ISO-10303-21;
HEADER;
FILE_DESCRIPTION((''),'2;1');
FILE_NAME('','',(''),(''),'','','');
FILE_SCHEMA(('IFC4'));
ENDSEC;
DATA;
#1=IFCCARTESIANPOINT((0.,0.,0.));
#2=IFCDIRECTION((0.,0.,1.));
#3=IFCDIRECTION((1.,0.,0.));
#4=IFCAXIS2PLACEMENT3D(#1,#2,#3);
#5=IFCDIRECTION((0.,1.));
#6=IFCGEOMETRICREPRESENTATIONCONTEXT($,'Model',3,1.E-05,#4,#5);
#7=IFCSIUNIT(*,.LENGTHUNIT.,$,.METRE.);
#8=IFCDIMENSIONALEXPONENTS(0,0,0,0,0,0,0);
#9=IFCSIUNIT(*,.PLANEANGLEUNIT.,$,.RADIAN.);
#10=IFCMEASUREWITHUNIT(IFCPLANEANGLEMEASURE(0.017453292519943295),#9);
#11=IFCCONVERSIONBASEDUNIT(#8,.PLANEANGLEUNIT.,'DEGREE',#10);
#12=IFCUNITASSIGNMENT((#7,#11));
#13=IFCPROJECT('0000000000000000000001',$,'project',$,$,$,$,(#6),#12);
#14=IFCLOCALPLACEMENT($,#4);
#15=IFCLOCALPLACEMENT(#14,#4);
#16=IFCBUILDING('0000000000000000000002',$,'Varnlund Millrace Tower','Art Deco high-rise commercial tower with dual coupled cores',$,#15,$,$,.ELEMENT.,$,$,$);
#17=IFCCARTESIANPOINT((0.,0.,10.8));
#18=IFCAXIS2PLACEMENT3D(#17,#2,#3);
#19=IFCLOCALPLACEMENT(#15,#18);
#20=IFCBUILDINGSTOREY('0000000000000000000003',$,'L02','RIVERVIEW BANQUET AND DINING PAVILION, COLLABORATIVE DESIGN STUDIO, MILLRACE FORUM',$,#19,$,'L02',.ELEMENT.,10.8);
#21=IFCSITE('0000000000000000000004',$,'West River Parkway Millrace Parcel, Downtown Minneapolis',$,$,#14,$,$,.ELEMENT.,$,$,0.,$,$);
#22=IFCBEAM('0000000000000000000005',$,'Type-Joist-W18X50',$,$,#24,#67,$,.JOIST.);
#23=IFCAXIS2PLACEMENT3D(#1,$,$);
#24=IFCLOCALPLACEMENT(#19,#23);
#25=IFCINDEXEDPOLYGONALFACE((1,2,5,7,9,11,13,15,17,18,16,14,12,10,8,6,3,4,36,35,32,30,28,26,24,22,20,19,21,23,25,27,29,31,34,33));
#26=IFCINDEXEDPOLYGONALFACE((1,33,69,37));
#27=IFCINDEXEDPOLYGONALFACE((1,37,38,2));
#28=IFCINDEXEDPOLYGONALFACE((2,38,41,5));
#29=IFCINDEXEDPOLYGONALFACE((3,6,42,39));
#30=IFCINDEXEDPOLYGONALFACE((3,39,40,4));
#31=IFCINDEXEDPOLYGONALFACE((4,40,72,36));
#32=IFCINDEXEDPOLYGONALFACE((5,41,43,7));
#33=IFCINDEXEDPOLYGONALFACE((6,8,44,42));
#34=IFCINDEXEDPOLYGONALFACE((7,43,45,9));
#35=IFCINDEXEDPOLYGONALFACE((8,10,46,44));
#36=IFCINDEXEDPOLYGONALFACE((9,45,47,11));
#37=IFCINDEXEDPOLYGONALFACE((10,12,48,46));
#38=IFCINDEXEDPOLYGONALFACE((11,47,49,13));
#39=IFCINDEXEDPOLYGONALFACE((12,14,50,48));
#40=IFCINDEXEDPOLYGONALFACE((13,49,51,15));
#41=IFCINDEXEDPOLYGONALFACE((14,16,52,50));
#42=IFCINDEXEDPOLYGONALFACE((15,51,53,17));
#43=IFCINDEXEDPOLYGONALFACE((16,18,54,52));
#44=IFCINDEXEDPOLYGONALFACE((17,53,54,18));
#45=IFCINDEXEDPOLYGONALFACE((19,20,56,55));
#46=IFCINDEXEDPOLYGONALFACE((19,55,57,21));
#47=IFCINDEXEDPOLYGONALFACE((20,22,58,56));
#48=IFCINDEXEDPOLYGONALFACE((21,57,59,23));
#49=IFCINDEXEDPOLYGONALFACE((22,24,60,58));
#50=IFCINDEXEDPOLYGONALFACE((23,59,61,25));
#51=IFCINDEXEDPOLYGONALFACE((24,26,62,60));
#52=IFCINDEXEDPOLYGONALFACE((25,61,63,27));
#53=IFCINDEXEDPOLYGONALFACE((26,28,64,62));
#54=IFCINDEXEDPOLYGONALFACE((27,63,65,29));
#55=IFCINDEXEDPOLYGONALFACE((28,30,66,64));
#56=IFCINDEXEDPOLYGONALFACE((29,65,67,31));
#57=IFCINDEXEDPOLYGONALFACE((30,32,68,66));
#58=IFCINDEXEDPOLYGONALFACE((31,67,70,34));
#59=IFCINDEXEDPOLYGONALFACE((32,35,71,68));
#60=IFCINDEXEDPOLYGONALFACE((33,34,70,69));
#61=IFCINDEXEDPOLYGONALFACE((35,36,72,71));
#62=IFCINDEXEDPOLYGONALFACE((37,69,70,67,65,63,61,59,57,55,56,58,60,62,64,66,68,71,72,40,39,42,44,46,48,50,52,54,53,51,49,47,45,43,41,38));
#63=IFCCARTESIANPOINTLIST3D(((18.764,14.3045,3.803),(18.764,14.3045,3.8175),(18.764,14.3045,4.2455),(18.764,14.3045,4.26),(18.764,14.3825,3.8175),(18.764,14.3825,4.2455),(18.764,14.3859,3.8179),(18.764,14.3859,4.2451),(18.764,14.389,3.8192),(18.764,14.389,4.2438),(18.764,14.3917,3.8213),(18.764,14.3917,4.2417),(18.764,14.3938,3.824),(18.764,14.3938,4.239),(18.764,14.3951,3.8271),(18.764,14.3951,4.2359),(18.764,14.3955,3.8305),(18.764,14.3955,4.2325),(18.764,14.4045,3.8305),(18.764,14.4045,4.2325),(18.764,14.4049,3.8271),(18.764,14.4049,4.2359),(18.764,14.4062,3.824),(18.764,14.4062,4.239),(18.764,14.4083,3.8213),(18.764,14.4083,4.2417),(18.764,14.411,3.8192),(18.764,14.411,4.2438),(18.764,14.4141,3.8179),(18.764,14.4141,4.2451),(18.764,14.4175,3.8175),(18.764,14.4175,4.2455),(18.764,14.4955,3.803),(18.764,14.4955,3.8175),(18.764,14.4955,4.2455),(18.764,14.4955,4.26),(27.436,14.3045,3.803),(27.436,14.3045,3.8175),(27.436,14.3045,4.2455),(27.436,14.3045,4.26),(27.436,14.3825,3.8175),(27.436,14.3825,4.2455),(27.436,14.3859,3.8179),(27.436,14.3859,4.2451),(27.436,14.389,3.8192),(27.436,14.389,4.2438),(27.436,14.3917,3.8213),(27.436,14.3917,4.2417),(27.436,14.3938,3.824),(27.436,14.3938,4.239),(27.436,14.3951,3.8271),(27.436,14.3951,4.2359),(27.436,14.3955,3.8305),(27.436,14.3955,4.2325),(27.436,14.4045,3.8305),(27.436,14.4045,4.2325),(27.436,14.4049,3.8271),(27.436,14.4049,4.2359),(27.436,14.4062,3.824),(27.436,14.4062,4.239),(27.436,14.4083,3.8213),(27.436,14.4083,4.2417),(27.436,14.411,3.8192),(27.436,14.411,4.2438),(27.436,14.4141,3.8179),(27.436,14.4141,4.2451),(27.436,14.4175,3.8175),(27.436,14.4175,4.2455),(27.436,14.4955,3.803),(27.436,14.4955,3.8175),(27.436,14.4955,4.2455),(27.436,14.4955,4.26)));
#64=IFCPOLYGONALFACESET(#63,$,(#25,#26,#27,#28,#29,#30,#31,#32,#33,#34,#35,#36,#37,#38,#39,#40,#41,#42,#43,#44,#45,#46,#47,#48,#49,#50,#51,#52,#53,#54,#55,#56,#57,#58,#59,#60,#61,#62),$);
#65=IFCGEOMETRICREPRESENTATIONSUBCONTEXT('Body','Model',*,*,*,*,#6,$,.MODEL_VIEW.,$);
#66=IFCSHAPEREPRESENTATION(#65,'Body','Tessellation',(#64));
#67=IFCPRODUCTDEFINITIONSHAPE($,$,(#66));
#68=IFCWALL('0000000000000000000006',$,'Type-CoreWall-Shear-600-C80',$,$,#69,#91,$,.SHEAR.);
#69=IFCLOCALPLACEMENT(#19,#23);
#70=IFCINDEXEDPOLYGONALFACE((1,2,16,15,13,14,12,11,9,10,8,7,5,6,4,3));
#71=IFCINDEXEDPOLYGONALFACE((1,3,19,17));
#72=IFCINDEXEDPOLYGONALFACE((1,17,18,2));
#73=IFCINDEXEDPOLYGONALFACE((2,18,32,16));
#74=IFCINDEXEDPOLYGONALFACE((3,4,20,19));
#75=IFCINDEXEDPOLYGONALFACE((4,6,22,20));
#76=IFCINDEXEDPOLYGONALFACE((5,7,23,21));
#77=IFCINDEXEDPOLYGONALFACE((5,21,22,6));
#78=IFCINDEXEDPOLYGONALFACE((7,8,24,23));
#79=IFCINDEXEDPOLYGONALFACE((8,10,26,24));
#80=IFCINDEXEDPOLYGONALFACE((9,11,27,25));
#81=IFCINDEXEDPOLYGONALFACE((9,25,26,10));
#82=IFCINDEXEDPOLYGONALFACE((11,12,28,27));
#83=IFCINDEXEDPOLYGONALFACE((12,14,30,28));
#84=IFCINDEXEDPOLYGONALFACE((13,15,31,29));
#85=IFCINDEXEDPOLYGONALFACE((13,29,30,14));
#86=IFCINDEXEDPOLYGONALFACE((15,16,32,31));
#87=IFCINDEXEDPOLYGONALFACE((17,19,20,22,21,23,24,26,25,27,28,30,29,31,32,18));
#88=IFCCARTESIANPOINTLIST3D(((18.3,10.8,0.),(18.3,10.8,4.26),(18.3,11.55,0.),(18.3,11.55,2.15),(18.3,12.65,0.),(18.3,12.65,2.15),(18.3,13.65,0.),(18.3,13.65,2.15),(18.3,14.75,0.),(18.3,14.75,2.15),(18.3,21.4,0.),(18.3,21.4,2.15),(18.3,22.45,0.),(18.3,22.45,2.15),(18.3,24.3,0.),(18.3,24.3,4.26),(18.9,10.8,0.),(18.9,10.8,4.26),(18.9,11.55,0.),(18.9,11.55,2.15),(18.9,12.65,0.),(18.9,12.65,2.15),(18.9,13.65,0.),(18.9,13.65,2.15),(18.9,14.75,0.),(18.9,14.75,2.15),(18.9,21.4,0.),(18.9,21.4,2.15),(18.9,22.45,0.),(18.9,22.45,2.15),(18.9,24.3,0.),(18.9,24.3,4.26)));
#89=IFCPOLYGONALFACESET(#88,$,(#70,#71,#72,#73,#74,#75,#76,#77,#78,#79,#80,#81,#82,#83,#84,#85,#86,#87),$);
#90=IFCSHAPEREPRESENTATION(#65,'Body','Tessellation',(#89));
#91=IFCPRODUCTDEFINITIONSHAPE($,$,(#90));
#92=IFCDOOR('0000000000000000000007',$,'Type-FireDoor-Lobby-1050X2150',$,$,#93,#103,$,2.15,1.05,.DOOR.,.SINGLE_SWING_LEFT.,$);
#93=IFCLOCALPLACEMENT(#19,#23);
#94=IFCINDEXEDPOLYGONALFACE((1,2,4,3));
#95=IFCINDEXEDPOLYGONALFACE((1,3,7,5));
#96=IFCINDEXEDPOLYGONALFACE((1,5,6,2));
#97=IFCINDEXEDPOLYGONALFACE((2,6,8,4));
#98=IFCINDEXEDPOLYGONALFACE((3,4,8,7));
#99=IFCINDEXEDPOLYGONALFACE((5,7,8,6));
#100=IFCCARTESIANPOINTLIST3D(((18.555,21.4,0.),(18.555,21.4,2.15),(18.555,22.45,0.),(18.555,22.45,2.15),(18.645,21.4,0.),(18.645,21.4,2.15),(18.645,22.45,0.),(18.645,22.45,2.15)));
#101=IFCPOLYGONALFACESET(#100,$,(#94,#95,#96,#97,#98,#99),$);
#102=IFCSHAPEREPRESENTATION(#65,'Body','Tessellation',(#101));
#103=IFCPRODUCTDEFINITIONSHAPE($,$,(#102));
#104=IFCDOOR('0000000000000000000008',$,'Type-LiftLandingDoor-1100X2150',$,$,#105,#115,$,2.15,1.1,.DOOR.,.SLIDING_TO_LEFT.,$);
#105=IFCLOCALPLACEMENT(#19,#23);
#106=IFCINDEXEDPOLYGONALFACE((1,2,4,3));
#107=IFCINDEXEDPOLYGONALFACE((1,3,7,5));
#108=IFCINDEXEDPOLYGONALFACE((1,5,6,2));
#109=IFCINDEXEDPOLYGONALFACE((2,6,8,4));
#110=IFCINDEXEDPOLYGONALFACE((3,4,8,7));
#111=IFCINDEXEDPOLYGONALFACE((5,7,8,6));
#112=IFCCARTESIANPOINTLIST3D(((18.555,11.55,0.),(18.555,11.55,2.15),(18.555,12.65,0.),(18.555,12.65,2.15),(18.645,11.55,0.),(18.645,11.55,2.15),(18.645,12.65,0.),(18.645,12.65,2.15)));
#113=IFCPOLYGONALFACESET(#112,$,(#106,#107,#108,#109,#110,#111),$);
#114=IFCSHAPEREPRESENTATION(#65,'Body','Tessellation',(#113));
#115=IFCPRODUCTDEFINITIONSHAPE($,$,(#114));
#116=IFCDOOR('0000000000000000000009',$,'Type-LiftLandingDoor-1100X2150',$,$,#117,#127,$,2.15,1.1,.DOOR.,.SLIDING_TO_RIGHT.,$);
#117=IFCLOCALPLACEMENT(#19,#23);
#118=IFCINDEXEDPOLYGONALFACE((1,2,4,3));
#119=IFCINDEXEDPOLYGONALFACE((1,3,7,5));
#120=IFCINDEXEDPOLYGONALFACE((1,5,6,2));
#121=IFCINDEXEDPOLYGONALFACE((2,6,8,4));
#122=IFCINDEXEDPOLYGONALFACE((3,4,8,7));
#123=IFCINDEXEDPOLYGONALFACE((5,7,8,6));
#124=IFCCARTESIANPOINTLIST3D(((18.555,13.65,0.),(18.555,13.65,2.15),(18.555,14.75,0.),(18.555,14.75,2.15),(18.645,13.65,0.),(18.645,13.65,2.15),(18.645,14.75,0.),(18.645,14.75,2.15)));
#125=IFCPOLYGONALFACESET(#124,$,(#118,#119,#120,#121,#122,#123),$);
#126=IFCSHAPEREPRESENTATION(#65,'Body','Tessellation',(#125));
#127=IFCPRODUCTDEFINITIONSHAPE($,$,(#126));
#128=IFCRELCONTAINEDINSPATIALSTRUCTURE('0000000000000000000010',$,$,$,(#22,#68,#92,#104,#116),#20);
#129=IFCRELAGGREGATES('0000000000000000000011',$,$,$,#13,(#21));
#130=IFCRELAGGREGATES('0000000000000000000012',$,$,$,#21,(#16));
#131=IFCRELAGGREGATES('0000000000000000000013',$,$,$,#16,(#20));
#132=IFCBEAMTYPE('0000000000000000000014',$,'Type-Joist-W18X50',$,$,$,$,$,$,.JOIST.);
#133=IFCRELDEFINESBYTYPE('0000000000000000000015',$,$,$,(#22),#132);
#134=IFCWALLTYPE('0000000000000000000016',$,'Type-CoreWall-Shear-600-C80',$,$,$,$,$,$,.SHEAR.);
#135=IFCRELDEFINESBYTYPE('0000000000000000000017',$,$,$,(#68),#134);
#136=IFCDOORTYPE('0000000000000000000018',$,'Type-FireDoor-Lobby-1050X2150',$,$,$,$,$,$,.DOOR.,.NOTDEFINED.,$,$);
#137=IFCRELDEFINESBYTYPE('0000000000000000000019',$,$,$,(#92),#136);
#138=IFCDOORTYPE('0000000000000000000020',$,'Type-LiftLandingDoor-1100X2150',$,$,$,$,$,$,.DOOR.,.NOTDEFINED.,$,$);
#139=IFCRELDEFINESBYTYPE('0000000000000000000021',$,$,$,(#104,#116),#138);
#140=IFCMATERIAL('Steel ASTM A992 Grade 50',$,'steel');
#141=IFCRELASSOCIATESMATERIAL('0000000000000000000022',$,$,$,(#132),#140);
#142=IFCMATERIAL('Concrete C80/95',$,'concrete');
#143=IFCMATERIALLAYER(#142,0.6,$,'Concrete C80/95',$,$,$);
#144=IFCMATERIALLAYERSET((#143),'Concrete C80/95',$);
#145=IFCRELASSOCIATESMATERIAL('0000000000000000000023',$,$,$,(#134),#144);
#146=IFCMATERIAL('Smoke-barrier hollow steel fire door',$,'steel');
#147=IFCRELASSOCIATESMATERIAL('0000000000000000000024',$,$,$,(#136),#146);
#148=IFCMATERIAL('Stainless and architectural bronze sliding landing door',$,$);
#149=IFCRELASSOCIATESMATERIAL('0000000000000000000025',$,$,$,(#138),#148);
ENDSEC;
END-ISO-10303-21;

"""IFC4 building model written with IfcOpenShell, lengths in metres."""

from ifc_helpers import new_model, entity, si_unit, converted_unit, direction, frame, origin_with_axes, origin_2d_with_axis, place, context, subcontext, project, spatial, polyline, rectangle, i_section, outline, extrude, material, layer, layer_set, material_profile, profile_set, type_object, element, fill, save


model = new_model("IFC4")

# Units and contexts
model_context = context("Model", 3, precision=1e-05, world=origin_with_axes(), true_north=direction((0.0, 1.0)))
body_context = subcontext(model_context, "Body", "Model", "MODEL_VIEW")
ifc_project = project(units=[si_unit("LENGTHUNIT", "METRE"), converted_unit("PLANEANGLEUNIT", "DEGREE", entity("IfcPlaneAngleMeasure", 0.017453292519943295), si_unit("PLANEANGLEUNIT", "RADIAN"), dimensions=[0, 0, 0, 0, 0, 0, 0])], contexts=[model_context])

# Site, building, storey
site_placement = place(None, origin_with_axes())
site = spatial("IfcSite", under=ifc_project, at=site_placement, Name="West River Parkway Millrace Parcel, Downtown Minneapolis", CompositionType="ELEMENT", RefElevation=0.0)
building_placement = place(site_placement, origin_with_axes())
building = spatial("IfcBuilding", under=site, at=building_placement, Name="Varnlund Millrace Tower", Description="Art Deco high-rise commercial tower with dual coupled cores", CompositionType="ELEMENT")
storey_placement = place(building_placement, frame((0.0, 0.0, 10.8), z_axis=(0.0, 0.0, 1.0), x_axis=(1.0, 0.0, 0.0)))
storey = spatial("IfcBuildingStorey", under=building, at=storey_placement, Name="L02", Description="RIVERVIEW BANQUET AND DINING PAVILION, COLLABORATIVE DESIGN STUDIO, MILLRACE FORUM", LongName="L02", CompositionType="ELEMENT", Elevation=10.8)

# Shared definitions
ifc_material_1 = material(Name="Concrete C80/95", Category="concrete")

# Beam
ifc_material_2 = material(Name="Steel ASTM A992 Grade 50", Category="steel")
ifc_material_profile_1 = material_profile(ifc_material_2, i_section(OverallWidth=0.191, OverallDepth=0.457, WebThickness=0.009, FlangeThickness=0.0145, FilletRadius=0.013, at=origin_2d_with_axis()), Name="Steel ASTM A992 Grade 50")
ifc_profile_set_1 = profile_set([ifc_material_profile_1], Name="Steel ASTM A992 Grade 50")
beam_type_1 = type_object("IfcBeamType", Name="Type-Joist-W18X50", PredefinedType="JOIST", material=ifc_profile_set_1)
for number, where, z_axis, x_axis, name in (
    (1, (18.764, 14.4, 4.0315), (1.0, 0.0, 0.0), (0.0, 1.0, 0.0), "Type-Joist-W18X50"),
):
    element("IfcBeam", number, at=place(storey_placement, frame(where, z_axis=z_axis, x_axis=x_axis)), inside=storey, type_object=beam_type_1, Name=name, PredefinedType="JOIST", context=body_context, shape_type="SweptSolid", body=[
        extrude(i_section(OverallWidth=0.191, OverallDepth=0.457, WebThickness=0.009, FlangeThickness=0.0145, FilletRadius=0.013, at=origin_2d_with_axis()), origin_with_axes(), (0.0, 0.0, 1.0), 8.672),
    ])

# Wall, openings, doors
ifc_layer_1 = layer(ifc_material_1, 0.6, Name="Concrete C80/95")
ifc_layer_set_1 = layer_set([ifc_layer_1], Name="Concrete C80/95")
wall_type_1 = type_object("IfcWallType", Name="Type-CoreWall-Shear-600-C80", PredefinedType="SHEAR", material=ifc_layer_set_1)
wall_1_placement = place(storey_placement, frame((18.6, 10.8, 0.0), z_axis=(0.0, 0.0, 1.0), x_axis=(0.0, 1.0, 0.0)))
wall_1 = element("IfcWall", 2, at=wall_1_placement, inside=storey, type_object=wall_type_1, Name="Type-CoreWall-Shear-600-C80", PredefinedType="SHEAR", context=body_context, shape_type="SweptSolid", body=[
    extrude(outline(polyline([(0.0, -0.3), (13.5, -0.3), (13.5, 0.3), (0.0, 0.3), (0.0, -0.3)])), origin_with_axes(), (0.0, 0.0, 1.0), 4.26),
])
opening_1_placement = place(wall_1_placement, frame((1.3, 0.0, 0.0), z_axis=(0.0, 0.0, 1.0), x_axis=(1.0, 0.0, 0.0)))
opening_1 = element("IfcOpeningElement", 3, at=opening_1_placement, cuts=wall_1, PredefinedType="OPENING", context=body_context, shape_type="SweptSolid", body=[
    extrude(rectangle(XDim=1.1, YDim=0.62, at=origin_2d_with_axis()), origin_with_axes(), (0.0, 0.0, 1.0), 2.15),
])
opening_2_placement = place(wall_1_placement, frame((3.4, 0.0, 0.0), z_axis=(0.0, 0.0, 1.0), x_axis=(1.0, 0.0, 0.0)))
opening_2 = element("IfcOpeningElement", 4, at=opening_2_placement, cuts=wall_1, PredefinedType="OPENING", context=body_context, shape_type="SweptSolid", body=[
    extrude(rectangle(XDim=1.1, YDim=0.62, at=origin_2d_with_axis()), origin_with_axes(), (0.0, 0.0, 1.0), 2.15),
])
opening_3_placement = place(wall_1_placement, frame((11.125, 0.0, 0.0), z_axis=(0.0, 0.0, 1.0), x_axis=(1.0, 0.0, 0.0)))
opening_3 = element("IfcOpeningElement", 5, at=opening_3_placement, cuts=wall_1, PredefinedType="OPENING", context=body_context, shape_type="SweptSolid", body=[
    extrude(rectangle(XDim=1.05, YDim=0.62, at=origin_2d_with_axis()), origin_with_axes(), (0.0, 0.0, 1.0), 2.15),
])
ifc_material_3 = material(Name="Smoke-barrier hollow steel fire door", Category="steel")
door_type_1 = type_object("IfcDoorType", Name="Type-FireDoor-Lobby-1050X2150", OperationType="NOTDEFINED", PredefinedType="DOOR", material=ifc_material_3)
door_1_placement = place(wall_1_placement, frame((11.125, 0.0, 0.0), z_axis=(0.0, 0.0, 1.0), x_axis=(1.0, 0.0, 0.0)))
door_1 = element("IfcDoor", 6, at=door_1_placement, inside=storey, type_object=door_type_1, Name="Type-FireDoor-Lobby-1050X2150", OperationType="SINGLE_SWING_LEFT", OverallHeight=2.15, OverallWidth=1.05, PredefinedType="DOOR", context=body_context, shape_type="SweptSolid", body=[
    extrude(rectangle(XDim=1.05, YDim=0.09, at=origin_2d_with_axis()), origin_with_axes(), (0.0, 0.0, 1.0), 2.15),
])
fill(opening_3, door_1)
ifc_material_4 = material(Name="Stainless and architectural bronze sliding landing door")
door_type_2 = type_object("IfcDoorType", Name="Type-LiftLandingDoor-1100X2150", OperationType="NOTDEFINED", PredefinedType="DOOR", material=ifc_material_4)
door_2_placement = place(wall_1_placement, frame((1.3, 0.0, 0.0), z_axis=(0.0, 0.0, 1.0), x_axis=(1.0, 0.0, 0.0)))
door_2 = element("IfcDoor", 7, at=door_2_placement, inside=storey, type_object=door_type_2, Name="Type-LiftLandingDoor-1100X2150", OperationType="SLIDING_TO_LEFT", OverallHeight=2.15, OverallWidth=1.1, PredefinedType="DOOR", context=body_context, shape_type="SweptSolid", body=[
    extrude(rectangle(XDim=1.1, YDim=0.09, at=origin_2d_with_axis()), origin_with_axes(), (0.0, 0.0, 1.0), 2.15),
])
fill(opening_1, door_2)
door_3_placement = place(wall_1_placement, frame((3.4, 0.0, 0.0), z_axis=(0.0, 0.0, 1.0), x_axis=(1.0, 0.0, 0.0)))
door_3 = element("IfcDoor", 8, at=door_3_placement, inside=storey, type_object=door_type_2, Name="Type-LiftLandingDoor-1100X2150", OperationType="SLIDING_TO_RIGHT", OverallHeight=2.15, OverallWidth=1.1, PredefinedType="DOOR", context=body_context, shape_type="SweptSolid", body=[
    extrude(rectangle(XDim=1.1, YDim=0.09, at=origin_2d_with_axis()), origin_with_axes(), (0.0, 0.0, 1.0), 2.15),
])
fill(opening_2, door_3)

save(model, "model.ifc")
